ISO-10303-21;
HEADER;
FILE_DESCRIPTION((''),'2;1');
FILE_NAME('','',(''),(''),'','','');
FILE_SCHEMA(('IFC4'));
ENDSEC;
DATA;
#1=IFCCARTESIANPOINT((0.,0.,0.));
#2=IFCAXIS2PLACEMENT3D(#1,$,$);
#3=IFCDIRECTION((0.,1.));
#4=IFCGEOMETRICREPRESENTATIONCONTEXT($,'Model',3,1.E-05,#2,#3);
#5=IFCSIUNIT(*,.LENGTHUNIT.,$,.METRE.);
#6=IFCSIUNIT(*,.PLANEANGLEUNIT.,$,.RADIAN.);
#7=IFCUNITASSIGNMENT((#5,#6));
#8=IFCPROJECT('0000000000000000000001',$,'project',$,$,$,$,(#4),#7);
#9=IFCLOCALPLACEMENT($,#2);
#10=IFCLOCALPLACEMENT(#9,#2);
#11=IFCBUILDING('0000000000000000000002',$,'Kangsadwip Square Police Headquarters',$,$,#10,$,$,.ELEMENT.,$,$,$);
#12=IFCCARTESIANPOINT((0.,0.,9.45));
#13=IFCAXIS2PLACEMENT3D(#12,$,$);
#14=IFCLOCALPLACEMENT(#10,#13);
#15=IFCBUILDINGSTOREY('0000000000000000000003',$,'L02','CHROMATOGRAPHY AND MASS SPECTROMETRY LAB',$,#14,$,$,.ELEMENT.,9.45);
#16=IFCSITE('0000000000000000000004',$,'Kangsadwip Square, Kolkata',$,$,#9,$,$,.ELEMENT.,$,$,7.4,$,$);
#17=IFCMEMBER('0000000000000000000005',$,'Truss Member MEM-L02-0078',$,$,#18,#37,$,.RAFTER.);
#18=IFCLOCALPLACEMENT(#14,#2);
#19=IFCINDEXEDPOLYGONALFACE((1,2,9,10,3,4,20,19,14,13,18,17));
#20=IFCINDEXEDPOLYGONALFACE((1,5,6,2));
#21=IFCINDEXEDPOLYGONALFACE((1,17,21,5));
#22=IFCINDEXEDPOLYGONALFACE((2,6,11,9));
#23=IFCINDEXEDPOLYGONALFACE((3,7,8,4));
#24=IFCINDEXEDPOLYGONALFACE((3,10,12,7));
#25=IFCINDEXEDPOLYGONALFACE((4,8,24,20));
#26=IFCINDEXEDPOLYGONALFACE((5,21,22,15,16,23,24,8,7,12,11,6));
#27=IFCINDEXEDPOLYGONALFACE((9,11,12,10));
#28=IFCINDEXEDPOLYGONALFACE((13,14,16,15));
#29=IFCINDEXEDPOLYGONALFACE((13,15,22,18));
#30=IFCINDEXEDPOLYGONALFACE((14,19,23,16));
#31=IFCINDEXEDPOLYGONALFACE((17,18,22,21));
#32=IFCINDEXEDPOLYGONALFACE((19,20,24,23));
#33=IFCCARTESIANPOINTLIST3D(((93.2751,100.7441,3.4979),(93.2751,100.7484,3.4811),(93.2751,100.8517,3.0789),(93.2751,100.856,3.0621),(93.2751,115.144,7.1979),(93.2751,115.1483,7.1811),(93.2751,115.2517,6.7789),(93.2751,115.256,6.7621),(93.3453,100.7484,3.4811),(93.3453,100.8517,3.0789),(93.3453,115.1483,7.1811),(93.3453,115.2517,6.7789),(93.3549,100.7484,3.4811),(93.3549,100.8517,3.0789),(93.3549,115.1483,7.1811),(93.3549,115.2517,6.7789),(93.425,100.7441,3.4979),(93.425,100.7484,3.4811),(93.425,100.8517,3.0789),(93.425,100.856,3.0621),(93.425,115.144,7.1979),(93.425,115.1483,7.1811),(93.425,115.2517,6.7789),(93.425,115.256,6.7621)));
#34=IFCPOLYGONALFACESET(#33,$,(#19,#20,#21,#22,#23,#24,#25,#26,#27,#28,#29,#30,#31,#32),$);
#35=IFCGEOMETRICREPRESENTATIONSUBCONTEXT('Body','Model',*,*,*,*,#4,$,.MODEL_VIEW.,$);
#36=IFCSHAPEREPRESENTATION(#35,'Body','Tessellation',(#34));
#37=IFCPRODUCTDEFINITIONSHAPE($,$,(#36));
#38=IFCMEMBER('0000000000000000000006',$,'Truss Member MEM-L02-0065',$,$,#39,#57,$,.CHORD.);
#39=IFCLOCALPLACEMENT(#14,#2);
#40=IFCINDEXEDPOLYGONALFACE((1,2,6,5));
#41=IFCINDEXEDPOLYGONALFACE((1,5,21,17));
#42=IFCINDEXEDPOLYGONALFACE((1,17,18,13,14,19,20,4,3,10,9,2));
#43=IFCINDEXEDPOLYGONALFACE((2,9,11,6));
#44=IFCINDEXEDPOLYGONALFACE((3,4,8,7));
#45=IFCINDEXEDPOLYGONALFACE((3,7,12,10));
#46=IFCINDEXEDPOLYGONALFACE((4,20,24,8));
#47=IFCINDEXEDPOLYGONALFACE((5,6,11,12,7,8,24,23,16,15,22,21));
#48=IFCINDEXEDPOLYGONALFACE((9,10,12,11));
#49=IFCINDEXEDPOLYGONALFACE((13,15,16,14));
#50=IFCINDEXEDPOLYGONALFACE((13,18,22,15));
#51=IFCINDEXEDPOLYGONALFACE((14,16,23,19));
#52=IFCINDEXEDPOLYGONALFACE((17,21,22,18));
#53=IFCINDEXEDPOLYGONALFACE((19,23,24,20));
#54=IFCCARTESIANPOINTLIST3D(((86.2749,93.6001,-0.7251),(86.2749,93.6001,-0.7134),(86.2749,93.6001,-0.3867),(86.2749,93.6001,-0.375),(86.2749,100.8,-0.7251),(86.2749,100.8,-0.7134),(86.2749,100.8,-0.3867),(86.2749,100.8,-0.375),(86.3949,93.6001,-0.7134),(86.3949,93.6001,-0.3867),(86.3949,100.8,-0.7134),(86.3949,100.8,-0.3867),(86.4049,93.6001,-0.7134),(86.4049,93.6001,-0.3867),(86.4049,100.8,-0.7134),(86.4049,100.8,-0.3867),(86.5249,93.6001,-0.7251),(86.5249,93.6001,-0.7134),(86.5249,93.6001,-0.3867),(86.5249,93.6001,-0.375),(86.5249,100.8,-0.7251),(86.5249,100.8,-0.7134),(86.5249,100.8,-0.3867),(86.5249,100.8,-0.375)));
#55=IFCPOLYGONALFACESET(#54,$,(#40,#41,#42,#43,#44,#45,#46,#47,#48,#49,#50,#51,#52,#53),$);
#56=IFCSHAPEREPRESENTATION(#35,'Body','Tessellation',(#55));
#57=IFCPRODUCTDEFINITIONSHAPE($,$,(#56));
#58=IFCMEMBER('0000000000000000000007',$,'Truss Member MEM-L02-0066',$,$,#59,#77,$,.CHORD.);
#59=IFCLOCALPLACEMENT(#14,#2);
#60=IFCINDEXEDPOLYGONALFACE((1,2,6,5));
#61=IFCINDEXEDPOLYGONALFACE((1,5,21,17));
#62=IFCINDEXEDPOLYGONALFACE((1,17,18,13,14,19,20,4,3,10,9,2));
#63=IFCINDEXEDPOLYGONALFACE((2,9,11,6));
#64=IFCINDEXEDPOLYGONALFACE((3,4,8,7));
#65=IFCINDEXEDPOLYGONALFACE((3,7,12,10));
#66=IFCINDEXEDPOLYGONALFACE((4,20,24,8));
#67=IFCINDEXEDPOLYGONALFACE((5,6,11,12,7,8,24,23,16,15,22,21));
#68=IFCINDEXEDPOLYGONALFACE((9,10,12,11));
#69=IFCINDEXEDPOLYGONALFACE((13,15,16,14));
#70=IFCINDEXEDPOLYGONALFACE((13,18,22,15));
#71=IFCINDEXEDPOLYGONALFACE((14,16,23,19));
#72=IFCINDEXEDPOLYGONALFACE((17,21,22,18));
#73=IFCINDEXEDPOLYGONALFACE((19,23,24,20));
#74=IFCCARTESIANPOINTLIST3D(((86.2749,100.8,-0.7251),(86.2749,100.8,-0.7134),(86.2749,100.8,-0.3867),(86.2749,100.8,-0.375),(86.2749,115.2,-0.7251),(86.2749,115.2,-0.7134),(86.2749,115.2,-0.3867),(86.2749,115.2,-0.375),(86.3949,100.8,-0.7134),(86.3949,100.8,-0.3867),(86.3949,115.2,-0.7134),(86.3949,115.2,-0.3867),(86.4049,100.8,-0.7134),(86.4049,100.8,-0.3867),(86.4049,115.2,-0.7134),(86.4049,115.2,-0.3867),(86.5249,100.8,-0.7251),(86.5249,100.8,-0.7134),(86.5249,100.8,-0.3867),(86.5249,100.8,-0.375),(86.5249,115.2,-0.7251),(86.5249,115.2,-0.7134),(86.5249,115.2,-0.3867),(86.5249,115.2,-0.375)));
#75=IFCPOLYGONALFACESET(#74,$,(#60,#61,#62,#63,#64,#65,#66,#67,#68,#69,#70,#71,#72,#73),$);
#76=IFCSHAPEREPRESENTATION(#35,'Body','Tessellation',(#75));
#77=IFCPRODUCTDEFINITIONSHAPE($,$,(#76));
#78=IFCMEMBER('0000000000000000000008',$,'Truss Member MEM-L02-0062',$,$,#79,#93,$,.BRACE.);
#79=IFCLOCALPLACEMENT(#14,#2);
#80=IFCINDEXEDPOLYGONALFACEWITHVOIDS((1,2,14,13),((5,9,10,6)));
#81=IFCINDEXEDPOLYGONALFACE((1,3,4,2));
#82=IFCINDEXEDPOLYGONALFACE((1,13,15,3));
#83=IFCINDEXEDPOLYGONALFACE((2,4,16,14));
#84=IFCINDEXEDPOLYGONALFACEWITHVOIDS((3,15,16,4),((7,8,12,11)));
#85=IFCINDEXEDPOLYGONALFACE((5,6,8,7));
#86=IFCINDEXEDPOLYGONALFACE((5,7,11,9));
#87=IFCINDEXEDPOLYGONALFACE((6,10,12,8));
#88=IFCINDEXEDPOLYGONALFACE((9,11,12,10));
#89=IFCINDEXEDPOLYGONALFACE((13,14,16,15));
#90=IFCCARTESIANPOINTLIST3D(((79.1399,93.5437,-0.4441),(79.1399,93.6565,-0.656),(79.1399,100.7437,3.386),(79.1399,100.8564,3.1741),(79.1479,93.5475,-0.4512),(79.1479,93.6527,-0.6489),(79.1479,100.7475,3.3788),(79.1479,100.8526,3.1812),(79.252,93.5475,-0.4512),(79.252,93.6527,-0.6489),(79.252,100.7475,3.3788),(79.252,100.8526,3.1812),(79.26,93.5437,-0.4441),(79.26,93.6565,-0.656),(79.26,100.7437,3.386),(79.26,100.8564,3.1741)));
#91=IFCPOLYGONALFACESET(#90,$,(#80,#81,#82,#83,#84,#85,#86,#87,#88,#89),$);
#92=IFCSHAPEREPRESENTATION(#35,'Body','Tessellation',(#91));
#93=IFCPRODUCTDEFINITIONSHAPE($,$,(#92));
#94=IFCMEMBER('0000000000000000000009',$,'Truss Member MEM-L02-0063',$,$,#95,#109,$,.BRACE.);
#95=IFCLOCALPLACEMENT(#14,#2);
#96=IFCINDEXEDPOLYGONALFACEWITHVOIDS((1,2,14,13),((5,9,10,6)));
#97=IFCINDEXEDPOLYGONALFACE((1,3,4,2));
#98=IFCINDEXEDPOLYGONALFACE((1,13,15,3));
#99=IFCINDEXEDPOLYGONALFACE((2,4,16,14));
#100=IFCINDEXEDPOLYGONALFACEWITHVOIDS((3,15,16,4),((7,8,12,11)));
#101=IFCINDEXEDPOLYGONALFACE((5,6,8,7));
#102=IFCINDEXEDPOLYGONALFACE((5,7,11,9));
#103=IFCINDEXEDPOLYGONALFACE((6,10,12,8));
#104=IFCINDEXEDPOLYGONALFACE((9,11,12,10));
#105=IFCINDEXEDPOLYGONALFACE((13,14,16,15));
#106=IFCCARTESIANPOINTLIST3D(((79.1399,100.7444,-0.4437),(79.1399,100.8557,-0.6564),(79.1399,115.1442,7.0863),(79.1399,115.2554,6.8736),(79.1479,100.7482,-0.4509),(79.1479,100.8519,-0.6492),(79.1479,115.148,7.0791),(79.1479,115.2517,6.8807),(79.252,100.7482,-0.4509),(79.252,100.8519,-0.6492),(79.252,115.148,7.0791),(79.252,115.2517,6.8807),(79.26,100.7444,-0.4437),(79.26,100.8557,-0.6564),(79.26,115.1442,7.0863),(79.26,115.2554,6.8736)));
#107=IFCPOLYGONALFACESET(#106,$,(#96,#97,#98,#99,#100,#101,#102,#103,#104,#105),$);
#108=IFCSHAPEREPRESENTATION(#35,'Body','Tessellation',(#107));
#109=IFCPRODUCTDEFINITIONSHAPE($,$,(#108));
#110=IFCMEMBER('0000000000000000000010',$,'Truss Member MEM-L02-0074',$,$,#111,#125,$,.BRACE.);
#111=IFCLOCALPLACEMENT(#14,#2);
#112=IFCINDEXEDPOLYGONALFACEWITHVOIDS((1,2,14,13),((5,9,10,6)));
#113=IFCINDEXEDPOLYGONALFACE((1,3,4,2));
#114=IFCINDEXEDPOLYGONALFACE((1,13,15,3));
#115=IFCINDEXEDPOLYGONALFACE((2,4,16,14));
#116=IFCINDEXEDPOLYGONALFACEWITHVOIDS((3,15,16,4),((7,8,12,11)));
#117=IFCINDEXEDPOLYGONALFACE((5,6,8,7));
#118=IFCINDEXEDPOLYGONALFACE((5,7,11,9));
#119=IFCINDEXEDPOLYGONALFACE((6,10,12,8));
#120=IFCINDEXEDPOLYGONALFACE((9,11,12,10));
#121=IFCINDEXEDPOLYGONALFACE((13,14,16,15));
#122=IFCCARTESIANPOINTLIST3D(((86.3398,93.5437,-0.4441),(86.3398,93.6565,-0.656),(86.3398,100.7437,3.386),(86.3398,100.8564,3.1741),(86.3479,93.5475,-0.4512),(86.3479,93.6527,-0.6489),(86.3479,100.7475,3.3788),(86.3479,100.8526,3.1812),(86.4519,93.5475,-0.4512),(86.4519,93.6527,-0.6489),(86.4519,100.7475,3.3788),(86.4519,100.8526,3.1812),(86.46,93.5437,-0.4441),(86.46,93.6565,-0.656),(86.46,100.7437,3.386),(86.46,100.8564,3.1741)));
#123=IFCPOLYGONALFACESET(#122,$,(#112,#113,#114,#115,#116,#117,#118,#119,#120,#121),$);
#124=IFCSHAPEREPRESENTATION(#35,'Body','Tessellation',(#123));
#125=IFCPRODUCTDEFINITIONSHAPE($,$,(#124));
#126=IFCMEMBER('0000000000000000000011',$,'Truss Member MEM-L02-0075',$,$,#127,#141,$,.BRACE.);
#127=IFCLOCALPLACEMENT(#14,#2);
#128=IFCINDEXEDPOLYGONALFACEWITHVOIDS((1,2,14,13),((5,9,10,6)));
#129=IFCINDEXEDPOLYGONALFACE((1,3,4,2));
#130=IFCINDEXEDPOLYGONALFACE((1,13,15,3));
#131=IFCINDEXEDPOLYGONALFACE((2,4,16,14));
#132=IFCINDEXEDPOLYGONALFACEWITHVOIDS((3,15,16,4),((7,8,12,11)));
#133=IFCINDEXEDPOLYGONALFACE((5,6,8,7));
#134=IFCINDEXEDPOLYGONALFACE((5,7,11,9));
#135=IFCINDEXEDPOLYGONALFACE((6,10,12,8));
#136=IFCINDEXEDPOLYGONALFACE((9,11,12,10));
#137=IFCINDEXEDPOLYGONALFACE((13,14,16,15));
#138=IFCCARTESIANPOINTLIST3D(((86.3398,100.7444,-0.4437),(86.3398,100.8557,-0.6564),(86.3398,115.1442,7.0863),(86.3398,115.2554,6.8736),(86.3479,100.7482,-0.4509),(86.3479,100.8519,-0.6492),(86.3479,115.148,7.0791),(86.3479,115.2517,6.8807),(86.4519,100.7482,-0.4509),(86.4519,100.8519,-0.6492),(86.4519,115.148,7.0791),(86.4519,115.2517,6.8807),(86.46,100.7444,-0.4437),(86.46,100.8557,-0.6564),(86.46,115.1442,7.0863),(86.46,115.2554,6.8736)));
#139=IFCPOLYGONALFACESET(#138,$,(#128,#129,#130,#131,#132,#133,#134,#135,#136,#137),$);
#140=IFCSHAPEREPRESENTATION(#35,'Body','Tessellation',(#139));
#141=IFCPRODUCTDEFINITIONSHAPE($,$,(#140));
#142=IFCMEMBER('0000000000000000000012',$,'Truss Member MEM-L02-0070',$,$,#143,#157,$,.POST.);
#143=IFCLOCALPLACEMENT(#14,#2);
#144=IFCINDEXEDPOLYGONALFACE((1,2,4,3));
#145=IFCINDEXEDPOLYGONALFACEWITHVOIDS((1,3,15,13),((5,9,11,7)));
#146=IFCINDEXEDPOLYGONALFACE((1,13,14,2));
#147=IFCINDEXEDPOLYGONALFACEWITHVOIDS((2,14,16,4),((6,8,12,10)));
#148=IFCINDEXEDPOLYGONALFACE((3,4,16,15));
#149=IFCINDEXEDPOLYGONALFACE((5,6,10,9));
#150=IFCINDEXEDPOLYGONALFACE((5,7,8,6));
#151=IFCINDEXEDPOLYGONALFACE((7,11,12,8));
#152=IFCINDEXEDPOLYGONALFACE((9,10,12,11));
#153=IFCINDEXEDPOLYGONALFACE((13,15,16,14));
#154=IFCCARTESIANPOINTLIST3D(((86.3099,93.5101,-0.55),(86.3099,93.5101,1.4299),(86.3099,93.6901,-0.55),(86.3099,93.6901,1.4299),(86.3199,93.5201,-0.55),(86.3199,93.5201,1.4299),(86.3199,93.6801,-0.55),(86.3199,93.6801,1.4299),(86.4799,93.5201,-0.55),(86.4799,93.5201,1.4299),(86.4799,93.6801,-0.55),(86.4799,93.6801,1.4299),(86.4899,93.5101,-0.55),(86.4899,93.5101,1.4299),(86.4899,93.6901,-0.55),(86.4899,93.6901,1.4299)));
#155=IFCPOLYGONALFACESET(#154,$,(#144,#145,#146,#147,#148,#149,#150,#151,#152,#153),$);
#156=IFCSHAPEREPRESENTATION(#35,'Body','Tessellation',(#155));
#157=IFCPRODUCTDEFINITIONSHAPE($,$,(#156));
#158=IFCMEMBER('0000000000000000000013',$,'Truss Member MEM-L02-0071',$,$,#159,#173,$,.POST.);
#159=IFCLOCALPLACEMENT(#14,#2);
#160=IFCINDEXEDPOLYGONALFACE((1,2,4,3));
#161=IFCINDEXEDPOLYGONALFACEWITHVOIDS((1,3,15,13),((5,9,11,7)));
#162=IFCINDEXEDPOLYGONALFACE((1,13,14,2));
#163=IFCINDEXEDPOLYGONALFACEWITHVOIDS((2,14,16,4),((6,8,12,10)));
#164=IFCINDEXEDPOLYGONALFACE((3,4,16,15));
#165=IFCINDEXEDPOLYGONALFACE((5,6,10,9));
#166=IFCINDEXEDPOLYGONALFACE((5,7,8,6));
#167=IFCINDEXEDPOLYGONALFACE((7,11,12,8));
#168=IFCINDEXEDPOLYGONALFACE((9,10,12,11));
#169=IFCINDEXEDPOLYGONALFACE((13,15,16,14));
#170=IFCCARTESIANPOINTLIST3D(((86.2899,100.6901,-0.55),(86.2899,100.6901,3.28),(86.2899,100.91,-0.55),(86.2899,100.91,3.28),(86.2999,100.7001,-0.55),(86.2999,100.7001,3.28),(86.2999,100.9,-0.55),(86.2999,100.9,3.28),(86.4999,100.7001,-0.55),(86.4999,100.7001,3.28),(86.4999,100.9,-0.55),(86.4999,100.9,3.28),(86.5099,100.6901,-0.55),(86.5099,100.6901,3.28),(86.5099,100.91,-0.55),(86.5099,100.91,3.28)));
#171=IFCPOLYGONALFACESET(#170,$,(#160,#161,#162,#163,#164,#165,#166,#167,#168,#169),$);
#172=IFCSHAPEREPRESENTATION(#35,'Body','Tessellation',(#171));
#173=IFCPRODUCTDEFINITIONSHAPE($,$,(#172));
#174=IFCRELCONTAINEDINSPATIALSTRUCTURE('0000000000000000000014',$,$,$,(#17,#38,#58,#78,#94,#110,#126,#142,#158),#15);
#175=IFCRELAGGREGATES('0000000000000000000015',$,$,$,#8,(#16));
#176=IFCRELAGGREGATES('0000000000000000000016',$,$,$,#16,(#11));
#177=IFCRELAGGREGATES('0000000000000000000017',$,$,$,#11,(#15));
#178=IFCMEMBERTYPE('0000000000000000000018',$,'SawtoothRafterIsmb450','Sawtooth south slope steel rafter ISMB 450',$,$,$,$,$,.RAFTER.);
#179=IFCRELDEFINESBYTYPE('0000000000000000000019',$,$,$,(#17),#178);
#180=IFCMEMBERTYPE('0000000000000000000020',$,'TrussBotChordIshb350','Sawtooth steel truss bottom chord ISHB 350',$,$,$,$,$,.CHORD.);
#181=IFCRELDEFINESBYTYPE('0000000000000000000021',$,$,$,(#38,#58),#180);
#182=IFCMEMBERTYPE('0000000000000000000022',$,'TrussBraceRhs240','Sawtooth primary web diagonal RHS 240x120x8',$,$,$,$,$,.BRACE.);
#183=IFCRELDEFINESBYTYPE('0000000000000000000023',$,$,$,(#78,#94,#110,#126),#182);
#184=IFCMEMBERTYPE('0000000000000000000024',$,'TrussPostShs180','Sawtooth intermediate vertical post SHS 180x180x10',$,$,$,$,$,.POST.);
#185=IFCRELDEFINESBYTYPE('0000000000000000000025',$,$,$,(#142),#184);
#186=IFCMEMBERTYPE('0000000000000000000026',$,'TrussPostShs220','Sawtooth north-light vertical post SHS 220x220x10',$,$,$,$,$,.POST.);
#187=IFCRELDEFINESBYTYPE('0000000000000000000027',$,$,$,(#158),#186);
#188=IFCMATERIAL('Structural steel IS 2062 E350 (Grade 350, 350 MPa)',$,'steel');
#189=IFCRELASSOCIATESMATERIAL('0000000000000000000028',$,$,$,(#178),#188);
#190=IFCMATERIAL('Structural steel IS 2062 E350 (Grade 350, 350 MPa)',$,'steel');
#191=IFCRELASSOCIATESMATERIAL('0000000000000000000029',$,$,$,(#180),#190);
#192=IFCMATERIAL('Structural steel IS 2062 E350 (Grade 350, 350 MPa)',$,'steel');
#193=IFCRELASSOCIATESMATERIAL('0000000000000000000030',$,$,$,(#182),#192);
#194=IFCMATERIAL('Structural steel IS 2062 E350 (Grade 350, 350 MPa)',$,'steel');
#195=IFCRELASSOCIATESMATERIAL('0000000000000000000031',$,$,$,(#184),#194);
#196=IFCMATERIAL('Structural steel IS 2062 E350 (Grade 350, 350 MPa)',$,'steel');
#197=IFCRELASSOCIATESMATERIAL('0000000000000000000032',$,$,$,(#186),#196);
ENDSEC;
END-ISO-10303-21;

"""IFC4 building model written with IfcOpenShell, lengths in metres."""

from ifc_helpers import new_model, si_unit, direction, frame, origin, origin_2d, place, context, subcontext, project, spatial, hollow_rectangle, i_section, extrude, material, material_profile, profile_set, type_object, element, save


model = new_model("IFC4")

# Units and contexts
model_context = context("Model", 3, precision=1e-05, world=origin(), true_north=direction((0.0, 1.0)))
body_context = subcontext(model_context, "Body", "Model", "MODEL_VIEW")
ifc_project = project(units=[si_unit("LENGTHUNIT", "METRE"), si_unit("PLANEANGLEUNIT", "RADIAN")], contexts=[model_context])

# Site, building, storey
site_placement = place(None, origin())
site = spatial("IfcSite", under=ifc_project, at=site_placement, Name="Kangsadwip Square, Kolkata", CompositionType="ELEMENT", RefElevation=7.4)
building_placement = place(site_placement, origin())
building = spatial("IfcBuilding", under=site, at=building_placement, Name="Kangsadwip Square Police Headquarters", CompositionType="ELEMENT")
storey_placement = place(building_placement, frame((0.0, 0.0, 9.45)))
storey = spatial("IfcBuildingStorey", under=building, at=storey_placement, Name="L02", Description="CHROMATOGRAPHY AND MASS SPECTROMETRY LAB", CompositionType="ELEMENT", Elevation=9.45)

# Members
ifc_material_1 = material(Name="Structural steel IS 2062 E350 (Grade 350, 350 MPa)", Category="steel")
ifc_material_profile_1 = material_profile(ifc_material_1, i_section(OverallWidth=0.1499, OverallDepth=0.45, WebThickness=0.0095, FlangeThickness=0.0173, at=origin_2d()), Name="ISMB 450")
ifc_profile_set_1 = profile_set([ifc_material_profile_1], Name="Structural steel IS 2062 E350 (Grade 350, 350 MPa)")
member_type_1 = type_object("IfcMemberType", Name="SawtoothRafterIsmb450", Description="Sawtooth south slope steel rafter ISMB 450", PredefinedType="RAFTER", material=ifc_profile_set_1)
member_1_placement = place(storey_placement, frame((93.3501, 100.8, 3.28), z_axis=(0.0, 0.96854, 0.248859), x_axis=(-1.0, 0.0, 0.0)))
element("IfcMember", 1, at=member_1_placement, inside=storey, type_object=member_type_1, Name="Truss Member MEM-L02-0078", PredefinedType="RAFTER", context=body_context, shape_type="SweptSolid", body=[
    extrude(i_section(OverallWidth=0.1499, OverallDepth=0.45, WebThickness=0.0095, FlangeThickness=0.0173, at=origin_2d()), origin(), (0.0, 0.0, 1.0), 14.8677),
])
ifc_material_2 = material(Name="Structural steel IS 2062 E350 (Grade 350, 350 MPa)", Category="steel")
ifc_material_profile_2 = material_profile(ifc_material_2, i_section(OverallWidth=0.25, OverallDepth=0.3501, WebThickness=0.01, FlangeThickness=0.0117, at=origin_2d()), Name="ISHB 350")
ifc_profile_set_2 = profile_set([ifc_material_profile_2], Name="Structural steel IS 2062 E350 (Grade 350, 350 MPa)")
member_type_2 = type_object("IfcMemberType", Name="TrussBotChordIshb350", Description="Sawtooth steel truss bottom chord ISHB 350", PredefinedType="CHORD", material=ifc_profile_set_2)
member_2_placement = place(storey_placement, frame((86.3999, 93.6001, -0.55), z_axis=(0.0, 1.0, 0.0), x_axis=(-1.0, 0.0, 0.0)))
element("IfcMember", 2, at=member_2_placement, inside=storey, type_object=member_type_2, Name="Truss Member MEM-L02-0065", PredefinedType="CHORD", context=body_context, shape_type="SweptSolid", body=[
    extrude(i_section(OverallWidth=0.25, OverallDepth=0.3501, WebThickness=0.01, FlangeThickness=0.0117, at=origin_2d()), origin(), (0.0, 0.0, 1.0), 7.2),
])
member_3_placement = place(storey_placement, frame((86.3999, 100.8, -0.55), z_axis=(0.0, 1.0, 0.0), x_axis=(-1.0, 0.0, 0.0)))
element("IfcMember", 3, at=member_3_placement, inside=storey, type_object=member_type_2, Name="Truss Member MEM-L02-0066", PredefinedType="CHORD", context=body_context, shape_type="SweptSolid", body=[
    extrude(i_section(OverallWidth=0.25, OverallDepth=0.3501, WebThickness=0.01, FlangeThickness=0.0117, at=origin_2d()), origin(), (0.0, 0.0, 1.0), 14.3999),
])
ifc_material_3 = material(Name="Structural steel IS 2062 E350 (Grade 350, 350 MPa)", Category="steel")
ifc_material_profile_3 = material_profile(ifc_material_3, hollow_rectangle(XDim=0.1201, YDim=0.24, WallThickness=0.0081, at=origin_2d()), Name="RHS 240X120X8")
ifc_profile_set_3 = profile_set([ifc_material_profile_3], Name="Structural steel IS 2062 E350 (Grade 350, 350 MPa)")
member_type_3 = type_object("IfcMemberType", Name="TrussBraceRhs240", Description="Sawtooth primary web diagonal RHS 240x120x8", PredefinedType="BRACE", material=ifc_profile_set_3)
member_4_placement = place(storey_placement, frame((79.2, 93.6001, -0.55), z_axis=(0.0, 0.882856, 0.469643), x_axis=(-1.0, 0.0, 0.0)))
element("IfcMember", 4, at=member_4_placement, inside=storey, type_object=member_type_3, Name="Truss Member MEM-L02-0062", PredefinedType="BRACE", context=body_context, shape_type="SweptSolid", body=[
    extrude(hollow_rectangle(XDim=0.1201, YDim=0.24, WallThickness=0.0081, at=origin_2d()), origin(), (0.0, 0.0, 1.0), 8.1553),
])
member_5_placement = place(storey_placement, frame((79.2, 100.8, -0.55), z_axis=(0.0, 0.886155, 0.46339), x_axis=(-1.0, 0.0, 0.0)))
element("IfcMember", 5, at=member_5_placement, inside=storey, type_object=member_type_3, Name="Truss Member MEM-L02-0063", PredefinedType="BRACE", context=body_context, shape_type="SweptSolid", body=[
    extrude(hollow_rectangle(XDim=0.1201, YDim=0.24, WallThickness=0.0081, at=origin_2d()), origin(), (0.0, 0.0, 1.0), 16.2498),
])
member_6_placement = place(storey_placement, frame((86.3999, 93.6001, -0.55), z_axis=(0.0, 0.882856, 0.469643), x_axis=(-1.0, 0.0, 0.0)))
element("IfcMember", 6, at=member_6_placement, inside=storey, type_object=member_type_3, Name="Truss Member MEM-L02-0074", PredefinedType="BRACE", context=body_context, shape_type="SweptSolid", body=[
    extrude(hollow_rectangle(XDim=0.1201, YDim=0.24, WallThickness=0.0081, at=origin_2d()), origin(), (0.0, 0.0, 1.0), 8.1553),
])
member_7_placement = place(storey_placement, frame((86.3999, 100.8, -0.55), z_axis=(0.0, 0.886155, 0.46339), x_axis=(-1.0, 0.0, 0.0)))
element("IfcMember", 7, at=member_7_placement, inside=storey, type_object=member_type_3, Name="Truss Member MEM-L02-0075", PredefinedType="BRACE", context=body_context, shape_type="SweptSolid", body=[
    extrude(hollow_rectangle(XDim=0.1201, YDim=0.24, WallThickness=0.0081, at=origin_2d()), origin(), (0.0, 0.0, 1.0), 16.2498),
])
ifc_material_4 = material(Name="Structural steel IS 2062 E350 (Grade 350, 350 MPa)", Category="steel")
ifc_material_profile_4 = material_profile(ifc_material_4, hollow_rectangle(XDim=0.1799, YDim=0.1799, WallThickness=0.01, at=origin_2d()), Name="SHS 180X180X10")
ifc_profile_set_4 = profile_set([ifc_material_profile_4], Name="Structural steel IS 2062 E350 (Grade 350, 350 MPa)")
member_type_4 = type_object("IfcMemberType", Name="TrussPostShs180", Description="Sawtooth intermediate vertical post SHS 180x180x10", PredefinedType="POST", material=ifc_profile_set_4)
member_8_placement = place(storey_placement, frame((86.3999, 93.6001, -0.55), z_axis=(0.0, 0.0, 1.0), x_axis=(1.0, 0.0, 0.0)))
element("IfcMember", 8, at=member_8_placement, inside=storey, type_object=member_type_4, Name="Truss Member MEM-L02-0070", PredefinedType="POST", context=body_context, shape_type="SweptSolid", body=[
    extrude(hollow_rectangle(XDim=0.1799, YDim=0.1799, WallThickness=0.01, at=origin_2d()), origin(), (0.0, 0.0, 1.0), 1.98),
])
ifc_material_5 = material(Name="Structural steel IS 2062 E350 (Grade 350, 350 MPa)", Category="steel")
ifc_material_profile_5 = material_profile(ifc_material_5, hollow_rectangle(XDim=0.22, YDim=0.22, WallThickness=0.01, at=origin_2d()), Name="SHS 220X220X10")
ifc_profile_set_5 = profile_set([ifc_material_profile_5], Name="Structural steel IS 2062 E350 (Grade 350, 350 MPa)")
member_type_5 = type_object("IfcMemberType", Name="TrussPostShs220", Description="Sawtooth north-light vertical post SHS 220x220x10", PredefinedType="POST", material=ifc_profile_set_5)
member_9_placement = place(storey_placement, frame((86.3999, 100.8, -0.55), z_axis=(0.0, 0.0, 1.0), x_axis=(1.0, 0.0, 0.0)))
element("IfcMember", 9, at=member_9_placement, inside=storey, type_object=member_type_5, Name="Truss Member MEM-L02-0071", PredefinedType="POST", context=body_context, shape_type="SweptSolid", body=[
    extrude(hollow_rectangle(XDim=0.22, YDim=0.22, WallThickness=0.01, at=origin_2d()), origin(), (0.0, 0.0, 1.0), 3.8301),
])

save(model, "model.ifc")
